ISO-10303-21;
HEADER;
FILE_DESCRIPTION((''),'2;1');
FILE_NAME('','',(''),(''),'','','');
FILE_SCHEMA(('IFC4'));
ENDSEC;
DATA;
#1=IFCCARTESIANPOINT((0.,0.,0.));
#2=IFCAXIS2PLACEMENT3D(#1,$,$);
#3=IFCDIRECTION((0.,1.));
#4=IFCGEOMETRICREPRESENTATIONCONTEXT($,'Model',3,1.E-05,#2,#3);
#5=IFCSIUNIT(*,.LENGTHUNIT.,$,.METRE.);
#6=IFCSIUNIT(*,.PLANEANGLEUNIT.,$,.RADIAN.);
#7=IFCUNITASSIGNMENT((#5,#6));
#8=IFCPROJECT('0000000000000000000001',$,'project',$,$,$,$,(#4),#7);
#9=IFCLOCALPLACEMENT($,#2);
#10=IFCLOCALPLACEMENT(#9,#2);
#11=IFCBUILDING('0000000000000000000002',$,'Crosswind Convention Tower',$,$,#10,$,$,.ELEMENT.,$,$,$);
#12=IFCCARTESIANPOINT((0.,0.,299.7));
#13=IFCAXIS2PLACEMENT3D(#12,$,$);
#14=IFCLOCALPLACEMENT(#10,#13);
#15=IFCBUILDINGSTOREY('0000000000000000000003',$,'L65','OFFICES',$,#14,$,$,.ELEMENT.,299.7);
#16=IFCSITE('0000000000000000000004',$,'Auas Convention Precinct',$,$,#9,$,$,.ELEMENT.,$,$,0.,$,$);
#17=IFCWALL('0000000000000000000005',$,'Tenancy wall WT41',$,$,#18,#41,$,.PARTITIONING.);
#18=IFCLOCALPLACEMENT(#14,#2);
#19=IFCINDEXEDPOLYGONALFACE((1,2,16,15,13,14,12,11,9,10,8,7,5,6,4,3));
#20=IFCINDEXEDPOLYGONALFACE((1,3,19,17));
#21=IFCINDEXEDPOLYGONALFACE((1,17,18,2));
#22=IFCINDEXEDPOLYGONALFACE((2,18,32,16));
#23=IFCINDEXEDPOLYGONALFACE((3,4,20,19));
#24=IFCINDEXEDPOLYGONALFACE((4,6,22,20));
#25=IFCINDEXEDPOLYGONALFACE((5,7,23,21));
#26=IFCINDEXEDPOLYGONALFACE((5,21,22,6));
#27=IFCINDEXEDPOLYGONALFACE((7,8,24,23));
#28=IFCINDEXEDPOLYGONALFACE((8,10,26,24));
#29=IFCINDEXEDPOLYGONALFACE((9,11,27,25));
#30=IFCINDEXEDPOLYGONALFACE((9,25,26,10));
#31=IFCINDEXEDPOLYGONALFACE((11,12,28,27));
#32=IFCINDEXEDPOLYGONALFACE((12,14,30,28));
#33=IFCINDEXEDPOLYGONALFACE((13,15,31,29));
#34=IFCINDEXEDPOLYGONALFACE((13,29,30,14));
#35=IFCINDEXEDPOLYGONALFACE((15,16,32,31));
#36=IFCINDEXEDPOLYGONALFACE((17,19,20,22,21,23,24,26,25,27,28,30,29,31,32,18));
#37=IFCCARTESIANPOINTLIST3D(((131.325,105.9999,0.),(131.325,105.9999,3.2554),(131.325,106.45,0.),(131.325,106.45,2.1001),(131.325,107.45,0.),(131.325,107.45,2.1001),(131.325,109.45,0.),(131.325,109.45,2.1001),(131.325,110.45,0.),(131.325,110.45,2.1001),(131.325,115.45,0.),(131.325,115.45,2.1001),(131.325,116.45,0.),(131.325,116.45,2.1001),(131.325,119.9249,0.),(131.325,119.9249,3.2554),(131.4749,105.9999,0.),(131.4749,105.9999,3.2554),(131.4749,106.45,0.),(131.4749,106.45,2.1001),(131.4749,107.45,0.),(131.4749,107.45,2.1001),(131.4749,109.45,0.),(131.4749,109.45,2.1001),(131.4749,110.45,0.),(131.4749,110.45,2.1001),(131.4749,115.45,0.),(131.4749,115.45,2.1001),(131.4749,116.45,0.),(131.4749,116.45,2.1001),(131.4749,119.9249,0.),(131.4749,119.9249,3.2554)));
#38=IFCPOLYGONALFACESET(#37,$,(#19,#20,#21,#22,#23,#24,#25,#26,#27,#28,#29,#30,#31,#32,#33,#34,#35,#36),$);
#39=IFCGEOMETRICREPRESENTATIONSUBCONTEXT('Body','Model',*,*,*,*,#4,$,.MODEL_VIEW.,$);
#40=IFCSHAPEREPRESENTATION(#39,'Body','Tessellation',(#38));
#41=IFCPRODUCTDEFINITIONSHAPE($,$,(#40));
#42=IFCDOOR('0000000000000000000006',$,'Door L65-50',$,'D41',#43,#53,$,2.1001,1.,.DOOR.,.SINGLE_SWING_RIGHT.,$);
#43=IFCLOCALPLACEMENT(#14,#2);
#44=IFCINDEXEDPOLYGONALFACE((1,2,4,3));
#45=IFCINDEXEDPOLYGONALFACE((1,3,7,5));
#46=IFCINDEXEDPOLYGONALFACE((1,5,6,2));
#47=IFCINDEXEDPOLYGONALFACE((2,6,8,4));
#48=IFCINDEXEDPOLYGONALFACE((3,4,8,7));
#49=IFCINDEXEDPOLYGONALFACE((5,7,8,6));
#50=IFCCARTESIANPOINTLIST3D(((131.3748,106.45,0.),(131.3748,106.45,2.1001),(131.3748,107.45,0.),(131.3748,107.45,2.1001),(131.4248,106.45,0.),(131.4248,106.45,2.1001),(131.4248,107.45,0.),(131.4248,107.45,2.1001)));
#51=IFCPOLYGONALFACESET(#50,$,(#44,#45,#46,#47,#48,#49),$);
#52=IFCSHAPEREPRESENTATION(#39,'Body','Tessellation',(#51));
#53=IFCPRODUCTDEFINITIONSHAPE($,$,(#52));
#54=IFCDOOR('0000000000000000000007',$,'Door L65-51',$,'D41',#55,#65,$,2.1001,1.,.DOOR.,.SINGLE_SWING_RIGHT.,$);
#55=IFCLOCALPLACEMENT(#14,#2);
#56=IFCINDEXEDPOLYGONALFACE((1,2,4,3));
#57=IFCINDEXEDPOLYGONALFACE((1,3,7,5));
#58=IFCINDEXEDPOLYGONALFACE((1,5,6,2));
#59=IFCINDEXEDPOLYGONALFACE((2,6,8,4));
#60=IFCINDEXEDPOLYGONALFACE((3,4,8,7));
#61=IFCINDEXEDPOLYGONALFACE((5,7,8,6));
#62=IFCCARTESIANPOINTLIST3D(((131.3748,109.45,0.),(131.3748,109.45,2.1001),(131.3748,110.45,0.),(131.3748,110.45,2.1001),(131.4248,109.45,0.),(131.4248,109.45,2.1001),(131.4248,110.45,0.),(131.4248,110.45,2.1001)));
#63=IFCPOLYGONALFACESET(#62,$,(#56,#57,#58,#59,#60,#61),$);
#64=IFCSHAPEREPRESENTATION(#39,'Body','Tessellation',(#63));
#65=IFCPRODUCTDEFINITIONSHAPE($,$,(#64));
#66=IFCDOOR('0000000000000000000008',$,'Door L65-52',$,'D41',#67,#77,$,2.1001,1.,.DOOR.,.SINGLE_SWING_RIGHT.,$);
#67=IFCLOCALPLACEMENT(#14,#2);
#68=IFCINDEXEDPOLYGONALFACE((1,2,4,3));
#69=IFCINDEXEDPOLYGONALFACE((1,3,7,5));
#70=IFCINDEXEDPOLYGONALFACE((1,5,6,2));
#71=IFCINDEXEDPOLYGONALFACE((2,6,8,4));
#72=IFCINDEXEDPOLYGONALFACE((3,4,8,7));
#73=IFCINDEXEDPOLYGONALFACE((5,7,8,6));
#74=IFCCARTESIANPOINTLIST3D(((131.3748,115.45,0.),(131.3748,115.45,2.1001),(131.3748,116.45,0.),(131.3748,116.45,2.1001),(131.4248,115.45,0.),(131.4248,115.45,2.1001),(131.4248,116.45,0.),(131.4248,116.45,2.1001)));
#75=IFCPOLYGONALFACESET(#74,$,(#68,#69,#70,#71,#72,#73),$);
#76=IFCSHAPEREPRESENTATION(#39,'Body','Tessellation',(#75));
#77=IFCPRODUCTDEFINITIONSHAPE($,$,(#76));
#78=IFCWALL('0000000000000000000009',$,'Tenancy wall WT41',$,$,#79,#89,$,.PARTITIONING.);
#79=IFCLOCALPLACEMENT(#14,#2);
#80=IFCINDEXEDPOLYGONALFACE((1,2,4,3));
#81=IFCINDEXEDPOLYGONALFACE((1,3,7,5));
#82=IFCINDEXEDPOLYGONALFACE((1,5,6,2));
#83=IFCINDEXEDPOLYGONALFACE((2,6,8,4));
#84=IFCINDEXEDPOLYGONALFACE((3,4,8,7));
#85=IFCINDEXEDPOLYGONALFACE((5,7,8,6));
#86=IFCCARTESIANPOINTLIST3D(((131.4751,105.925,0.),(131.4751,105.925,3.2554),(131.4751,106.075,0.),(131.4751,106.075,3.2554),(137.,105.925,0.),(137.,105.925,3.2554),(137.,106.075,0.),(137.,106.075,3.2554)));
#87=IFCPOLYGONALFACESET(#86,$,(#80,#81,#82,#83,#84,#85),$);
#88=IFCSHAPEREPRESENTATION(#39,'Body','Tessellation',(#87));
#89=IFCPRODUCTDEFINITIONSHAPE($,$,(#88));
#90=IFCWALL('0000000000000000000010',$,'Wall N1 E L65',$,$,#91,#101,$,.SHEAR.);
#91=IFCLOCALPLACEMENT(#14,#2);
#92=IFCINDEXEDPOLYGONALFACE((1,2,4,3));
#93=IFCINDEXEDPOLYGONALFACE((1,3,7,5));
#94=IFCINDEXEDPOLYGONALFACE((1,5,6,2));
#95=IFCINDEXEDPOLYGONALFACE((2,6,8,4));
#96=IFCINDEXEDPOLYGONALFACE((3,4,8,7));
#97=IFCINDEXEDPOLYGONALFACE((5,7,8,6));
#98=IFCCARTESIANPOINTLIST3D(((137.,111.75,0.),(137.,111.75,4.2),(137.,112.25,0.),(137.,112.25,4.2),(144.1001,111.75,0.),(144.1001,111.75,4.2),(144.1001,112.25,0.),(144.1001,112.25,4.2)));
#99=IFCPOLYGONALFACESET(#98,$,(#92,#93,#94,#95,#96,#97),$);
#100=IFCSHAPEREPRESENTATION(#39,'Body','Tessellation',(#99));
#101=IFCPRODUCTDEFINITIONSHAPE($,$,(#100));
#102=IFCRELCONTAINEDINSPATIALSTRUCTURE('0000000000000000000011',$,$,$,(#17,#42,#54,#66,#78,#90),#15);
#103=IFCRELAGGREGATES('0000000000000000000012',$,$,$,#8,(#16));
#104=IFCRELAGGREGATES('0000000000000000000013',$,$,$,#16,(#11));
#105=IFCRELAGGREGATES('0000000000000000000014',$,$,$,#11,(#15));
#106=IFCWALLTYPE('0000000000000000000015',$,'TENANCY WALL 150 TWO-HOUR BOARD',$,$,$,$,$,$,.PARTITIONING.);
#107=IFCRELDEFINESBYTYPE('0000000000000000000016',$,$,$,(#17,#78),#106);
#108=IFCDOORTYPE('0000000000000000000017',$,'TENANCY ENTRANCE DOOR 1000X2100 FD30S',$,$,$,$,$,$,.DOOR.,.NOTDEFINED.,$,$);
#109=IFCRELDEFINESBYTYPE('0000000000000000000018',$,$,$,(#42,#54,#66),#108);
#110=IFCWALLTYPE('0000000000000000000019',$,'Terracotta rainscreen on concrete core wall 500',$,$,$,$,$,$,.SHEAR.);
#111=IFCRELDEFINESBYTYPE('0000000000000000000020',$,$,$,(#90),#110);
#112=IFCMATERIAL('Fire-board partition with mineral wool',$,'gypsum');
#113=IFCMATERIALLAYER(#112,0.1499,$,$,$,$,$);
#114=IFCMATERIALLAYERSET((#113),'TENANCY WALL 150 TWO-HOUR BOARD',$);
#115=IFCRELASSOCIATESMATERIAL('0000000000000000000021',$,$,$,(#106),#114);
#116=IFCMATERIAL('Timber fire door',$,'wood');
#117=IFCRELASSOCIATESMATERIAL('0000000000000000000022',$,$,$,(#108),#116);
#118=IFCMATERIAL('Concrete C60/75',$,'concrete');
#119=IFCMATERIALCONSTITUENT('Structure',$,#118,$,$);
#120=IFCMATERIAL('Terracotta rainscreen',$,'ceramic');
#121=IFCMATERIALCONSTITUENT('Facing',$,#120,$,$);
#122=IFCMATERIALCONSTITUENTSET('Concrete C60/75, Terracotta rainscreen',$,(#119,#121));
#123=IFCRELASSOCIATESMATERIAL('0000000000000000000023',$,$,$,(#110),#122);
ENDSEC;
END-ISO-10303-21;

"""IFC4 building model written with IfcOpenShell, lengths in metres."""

from ifc_helpers import new_model, si_unit, direction, frame, frame_2d, origin, place, context, subcontext, project, spatial, rectangle, extrude, material, layer, layer_set, constituent, constituent_set, type_object, element, fill, save


model = new_model("IFC4")

# Units and contexts
model_context = context("Model", 3, precision=1e-05, world=origin(), true_north=direction((0.0, 1.0)))
body_context = subcontext(model_context, "Body", "Model", "MODEL_VIEW")
ifc_project = project(units=[si_unit("LENGTHUNIT", "METRE"), si_unit("PLANEANGLEUNIT", "RADIAN")], contexts=[model_context])

# Site, building, storey
site_placement = place(None, origin())
site = spatial("IfcSite", under=ifc_project, at=site_placement, Name="Auas Convention Precinct", CompositionType="ELEMENT", RefElevation=0.0)
building_placement = place(site_placement, origin())
building = spatial("IfcBuilding", under=site, at=building_placement, Name="Crosswind Convention Tower", CompositionType="ELEMENT")
storey_placement = place(building_placement, frame((0.0, 0.0, 299.7)))
storey = spatial("IfcBuildingStorey", under=building, at=storey_placement, Name="L65", Description="OFFICES", CompositionType="ELEMENT", Elevation=299.7)

# Shared definitions
ifc_material_1 = material(Name="Concrete C60/75", Category="concrete")

# Wall, openings, doors
ifc_material_2 = material(Name="Fire-board partition with mineral wool", Category="gypsum")
ifc_layer_1 = layer(ifc_material_2, 0.1499)
ifc_layer_set_1 = layer_set([ifc_layer_1], Name="TENANCY WALL 150 TWO-HOUR BOARD")
wall_type_1 = type_object("IfcWallType", Name="TENANCY WALL 150 TWO-HOUR BOARD", PredefinedType="PARTITIONING", material=ifc_layer_set_1)
wall_1_placement = place(storey_placement, frame((131.3999, 106.0, 0.0), z_axis=(0.0, 0.0, 1.0), x_axis=(0.0, 1.0, 0.0)))
wall_1 = element("IfcWall", 1, at=wall_1_placement, inside=storey, type_object=wall_type_1, Name="Tenancy wall WT41", PredefinedType="PARTITIONING", context=body_context, shape_type="SweptSolid", body=[
    extrude(rectangle(XDim=13.925, YDim=0.1499, at=frame_2d((6.9624, 0.0))), origin(), (0.0, 0.0, 1.0), 3.2554),
])
opening_1_placement = place(wall_1_placement, frame((0.45, 0.0, 0.0)))
opening_1 = element("IfcOpeningElement", 2, at=opening_1_placement, cuts=wall_1, PredefinedType="OPENING", context=body_context, shape_type="SweptSolid", body=[
    extrude(rectangle(XDim=1.0, YDim=2.1001, at=frame_2d((0.5, 1.05))), frame((0.0, 0.085, 0.0), z_axis=(0.0, -1.0, 0.0), x_axis=(1.0, 0.0, 0.0)), (0.0, 0.0, 1.0), 0.1699),
])
opening_2_placement = place(wall_1_placement, frame((3.45, 0.0, 0.0)))
opening_2 = element("IfcOpeningElement", 3, at=opening_2_placement, cuts=wall_1, PredefinedType="OPENING", context=body_context, shape_type="SweptSolid", body=[
    extrude(rectangle(XDim=1.0, YDim=2.1001, at=frame_2d((0.5, 1.05))), frame((0.0, 0.085, 0.0), z_axis=(0.0, -1.0, 0.0), x_axis=(1.0, 0.0, 0.0)), (0.0, 0.0, 1.0), 0.1699),
])
opening_3_placement = place(wall_1_placement, frame((9.45, 0.0, 0.0)))
opening_3 = element("IfcOpeningElement", 4, at=opening_3_placement, cuts=wall_1, PredefinedType="OPENING", context=body_context, shape_type="SweptSolid", body=[
    extrude(rectangle(XDim=1.0, YDim=2.1001, at=frame_2d((0.5, 1.05))), frame((0.0, 0.085, 0.0), z_axis=(0.0, -1.0, 0.0), x_axis=(1.0, 0.0, 0.0)), (0.0, 0.0, 1.0), 0.1699),
])
ifc_material_3 = material(Name="Timber fire door", Category="wood")
door_type = type_object("IfcDoorType", Name="TENANCY ENTRANCE DOOR 1000X2100 FD30S", OperationType="NOTDEFINED", PredefinedType="DOOR", material=ifc_material_3)
door_1_placement = place(opening_1_placement, frame((1.0, 0.0, 0.0), z_axis=(0.0, 0.0, 1.0), x_axis=(-1.0, 0.0, 0.0)))
door_1 = element("IfcDoor", 5, at=door_1_placement, inside=storey, type_object=door_type, Name="Door L65-50", ObjectType="D41", OperationType="SINGLE_SWING_RIGHT", OverallHeight=2.1001, OverallWidth=1.0, PredefinedType="DOOR", context=body_context, shape_type="SweptSolid", body=[
    extrude(rectangle(XDim=1.0, YDim=2.1001, at=frame_2d((0.5, 1.05))), frame((0.0, 0.0249, 0.0), z_axis=(0.0, -1.0, 0.0), x_axis=(1.0, 0.0, 0.0)), (0.0, 0.0, 1.0), 0.05),
])
fill(opening_1, door_1)
door_2_placement = place(opening_2_placement, frame((1.0, 0.0, 0.0), z_axis=(0.0, 0.0, 1.0), x_axis=(-1.0, 0.0, 0.0)))
door_2 = element("IfcDoor", 6, at=door_2_placement, inside=storey, type_object=door_type, Name="Door L65-51", ObjectType="D41", OperationType="SINGLE_SWING_RIGHT", OverallHeight=2.1001, OverallWidth=1.0, PredefinedType="DOOR", context=body_context, shape_type="SweptSolid", body=[
    extrude(rectangle(XDim=1.0, YDim=2.1001, at=frame_2d((0.5, 1.05))), frame((0.0, 0.0249, 0.0), z_axis=(0.0, -1.0, 0.0), x_axis=(1.0, 0.0, 0.0)), (0.0, 0.0, 1.0), 0.05),
])
fill(opening_2, door_2)
door_3_placement = place(opening_3_placement, frame((1.0, 0.0, 0.0), z_axis=(0.0, 0.0, 1.0), x_axis=(-1.0, 0.0, 0.0)))
door_3 = element("IfcDoor", 7, at=door_3_placement, inside=storey, type_object=door_type, Name="Door L65-52", ObjectType="D41", OperationType="SINGLE_SWING_RIGHT", OverallHeight=2.1001, OverallWidth=1.0, PredefinedType="DOOR", context=body_context, shape_type="SweptSolid", body=[
    extrude(rectangle(XDim=1.0, YDim=2.1001, at=frame_2d((0.5, 1.05))), frame((0.0, 0.0249, 0.0), z_axis=(0.0, -1.0, 0.0), x_axis=(1.0, 0.0, 0.0)), (0.0, 0.0, 1.0), 0.05),
])
fill(opening_3, door_3)

# Walls
wall_2_placement = place(storey_placement, frame((131.4751, 106.0, 0.0), z_axis=(0.0, 0.0, 1.0), x_axis=(1.0, 0.0, 0.0)))
element("IfcWall", 8, at=wall_2_placement, inside=storey, type_object=wall_type_1, Name="Tenancy wall WT41", PredefinedType="PARTITIONING", context=body_context, shape_type="SweptSolid", body=[
    extrude(rectangle(XDim=5.5249, YDim=0.1499, at=frame_2d((2.7625, 0.0))), origin(), (0.0, 0.0, 1.0), 3.2554),
])
ifc_constituent_1 = constituent(ifc_material_1, Name="Structure")
ifc_material_4 = material(Name="Terracotta rainscreen", Category="ceramic")
ifc_constituent_2 = constituent(ifc_material_4, Name="Facing")
ifc_constituent_set = constituent_set(constituents=[ifc_constituent_1, ifc_constituent_2], Name="Concrete C60/75, Terracotta rainscreen")
wall_type_2 = type_object("IfcWallType", Name="Terracotta rainscreen on concrete core wall 500", PredefinedType="SHEAR", material=ifc_constituent_set)
wall_3_placement = place(storey_placement, frame((137.0, 112.0, 0.0), z_axis=(0.0, 0.0, 1.0), x_axis=(1.0, 0.0, 0.0)))
element("IfcWall", 9, at=wall_3_placement, inside=storey, type_object=wall_type_2, Name="Wall N1 E L65", PredefinedType="SHEAR", context=body_context, shape_type="SweptSolid", body=[
    extrude(rectangle(XDim=7.1001, YDim=0.5, at=frame_2d((3.55, 0.0))), origin(), (0.0, 0.0, 1.0), 4.2),
])

save(model, "model.ifc")
